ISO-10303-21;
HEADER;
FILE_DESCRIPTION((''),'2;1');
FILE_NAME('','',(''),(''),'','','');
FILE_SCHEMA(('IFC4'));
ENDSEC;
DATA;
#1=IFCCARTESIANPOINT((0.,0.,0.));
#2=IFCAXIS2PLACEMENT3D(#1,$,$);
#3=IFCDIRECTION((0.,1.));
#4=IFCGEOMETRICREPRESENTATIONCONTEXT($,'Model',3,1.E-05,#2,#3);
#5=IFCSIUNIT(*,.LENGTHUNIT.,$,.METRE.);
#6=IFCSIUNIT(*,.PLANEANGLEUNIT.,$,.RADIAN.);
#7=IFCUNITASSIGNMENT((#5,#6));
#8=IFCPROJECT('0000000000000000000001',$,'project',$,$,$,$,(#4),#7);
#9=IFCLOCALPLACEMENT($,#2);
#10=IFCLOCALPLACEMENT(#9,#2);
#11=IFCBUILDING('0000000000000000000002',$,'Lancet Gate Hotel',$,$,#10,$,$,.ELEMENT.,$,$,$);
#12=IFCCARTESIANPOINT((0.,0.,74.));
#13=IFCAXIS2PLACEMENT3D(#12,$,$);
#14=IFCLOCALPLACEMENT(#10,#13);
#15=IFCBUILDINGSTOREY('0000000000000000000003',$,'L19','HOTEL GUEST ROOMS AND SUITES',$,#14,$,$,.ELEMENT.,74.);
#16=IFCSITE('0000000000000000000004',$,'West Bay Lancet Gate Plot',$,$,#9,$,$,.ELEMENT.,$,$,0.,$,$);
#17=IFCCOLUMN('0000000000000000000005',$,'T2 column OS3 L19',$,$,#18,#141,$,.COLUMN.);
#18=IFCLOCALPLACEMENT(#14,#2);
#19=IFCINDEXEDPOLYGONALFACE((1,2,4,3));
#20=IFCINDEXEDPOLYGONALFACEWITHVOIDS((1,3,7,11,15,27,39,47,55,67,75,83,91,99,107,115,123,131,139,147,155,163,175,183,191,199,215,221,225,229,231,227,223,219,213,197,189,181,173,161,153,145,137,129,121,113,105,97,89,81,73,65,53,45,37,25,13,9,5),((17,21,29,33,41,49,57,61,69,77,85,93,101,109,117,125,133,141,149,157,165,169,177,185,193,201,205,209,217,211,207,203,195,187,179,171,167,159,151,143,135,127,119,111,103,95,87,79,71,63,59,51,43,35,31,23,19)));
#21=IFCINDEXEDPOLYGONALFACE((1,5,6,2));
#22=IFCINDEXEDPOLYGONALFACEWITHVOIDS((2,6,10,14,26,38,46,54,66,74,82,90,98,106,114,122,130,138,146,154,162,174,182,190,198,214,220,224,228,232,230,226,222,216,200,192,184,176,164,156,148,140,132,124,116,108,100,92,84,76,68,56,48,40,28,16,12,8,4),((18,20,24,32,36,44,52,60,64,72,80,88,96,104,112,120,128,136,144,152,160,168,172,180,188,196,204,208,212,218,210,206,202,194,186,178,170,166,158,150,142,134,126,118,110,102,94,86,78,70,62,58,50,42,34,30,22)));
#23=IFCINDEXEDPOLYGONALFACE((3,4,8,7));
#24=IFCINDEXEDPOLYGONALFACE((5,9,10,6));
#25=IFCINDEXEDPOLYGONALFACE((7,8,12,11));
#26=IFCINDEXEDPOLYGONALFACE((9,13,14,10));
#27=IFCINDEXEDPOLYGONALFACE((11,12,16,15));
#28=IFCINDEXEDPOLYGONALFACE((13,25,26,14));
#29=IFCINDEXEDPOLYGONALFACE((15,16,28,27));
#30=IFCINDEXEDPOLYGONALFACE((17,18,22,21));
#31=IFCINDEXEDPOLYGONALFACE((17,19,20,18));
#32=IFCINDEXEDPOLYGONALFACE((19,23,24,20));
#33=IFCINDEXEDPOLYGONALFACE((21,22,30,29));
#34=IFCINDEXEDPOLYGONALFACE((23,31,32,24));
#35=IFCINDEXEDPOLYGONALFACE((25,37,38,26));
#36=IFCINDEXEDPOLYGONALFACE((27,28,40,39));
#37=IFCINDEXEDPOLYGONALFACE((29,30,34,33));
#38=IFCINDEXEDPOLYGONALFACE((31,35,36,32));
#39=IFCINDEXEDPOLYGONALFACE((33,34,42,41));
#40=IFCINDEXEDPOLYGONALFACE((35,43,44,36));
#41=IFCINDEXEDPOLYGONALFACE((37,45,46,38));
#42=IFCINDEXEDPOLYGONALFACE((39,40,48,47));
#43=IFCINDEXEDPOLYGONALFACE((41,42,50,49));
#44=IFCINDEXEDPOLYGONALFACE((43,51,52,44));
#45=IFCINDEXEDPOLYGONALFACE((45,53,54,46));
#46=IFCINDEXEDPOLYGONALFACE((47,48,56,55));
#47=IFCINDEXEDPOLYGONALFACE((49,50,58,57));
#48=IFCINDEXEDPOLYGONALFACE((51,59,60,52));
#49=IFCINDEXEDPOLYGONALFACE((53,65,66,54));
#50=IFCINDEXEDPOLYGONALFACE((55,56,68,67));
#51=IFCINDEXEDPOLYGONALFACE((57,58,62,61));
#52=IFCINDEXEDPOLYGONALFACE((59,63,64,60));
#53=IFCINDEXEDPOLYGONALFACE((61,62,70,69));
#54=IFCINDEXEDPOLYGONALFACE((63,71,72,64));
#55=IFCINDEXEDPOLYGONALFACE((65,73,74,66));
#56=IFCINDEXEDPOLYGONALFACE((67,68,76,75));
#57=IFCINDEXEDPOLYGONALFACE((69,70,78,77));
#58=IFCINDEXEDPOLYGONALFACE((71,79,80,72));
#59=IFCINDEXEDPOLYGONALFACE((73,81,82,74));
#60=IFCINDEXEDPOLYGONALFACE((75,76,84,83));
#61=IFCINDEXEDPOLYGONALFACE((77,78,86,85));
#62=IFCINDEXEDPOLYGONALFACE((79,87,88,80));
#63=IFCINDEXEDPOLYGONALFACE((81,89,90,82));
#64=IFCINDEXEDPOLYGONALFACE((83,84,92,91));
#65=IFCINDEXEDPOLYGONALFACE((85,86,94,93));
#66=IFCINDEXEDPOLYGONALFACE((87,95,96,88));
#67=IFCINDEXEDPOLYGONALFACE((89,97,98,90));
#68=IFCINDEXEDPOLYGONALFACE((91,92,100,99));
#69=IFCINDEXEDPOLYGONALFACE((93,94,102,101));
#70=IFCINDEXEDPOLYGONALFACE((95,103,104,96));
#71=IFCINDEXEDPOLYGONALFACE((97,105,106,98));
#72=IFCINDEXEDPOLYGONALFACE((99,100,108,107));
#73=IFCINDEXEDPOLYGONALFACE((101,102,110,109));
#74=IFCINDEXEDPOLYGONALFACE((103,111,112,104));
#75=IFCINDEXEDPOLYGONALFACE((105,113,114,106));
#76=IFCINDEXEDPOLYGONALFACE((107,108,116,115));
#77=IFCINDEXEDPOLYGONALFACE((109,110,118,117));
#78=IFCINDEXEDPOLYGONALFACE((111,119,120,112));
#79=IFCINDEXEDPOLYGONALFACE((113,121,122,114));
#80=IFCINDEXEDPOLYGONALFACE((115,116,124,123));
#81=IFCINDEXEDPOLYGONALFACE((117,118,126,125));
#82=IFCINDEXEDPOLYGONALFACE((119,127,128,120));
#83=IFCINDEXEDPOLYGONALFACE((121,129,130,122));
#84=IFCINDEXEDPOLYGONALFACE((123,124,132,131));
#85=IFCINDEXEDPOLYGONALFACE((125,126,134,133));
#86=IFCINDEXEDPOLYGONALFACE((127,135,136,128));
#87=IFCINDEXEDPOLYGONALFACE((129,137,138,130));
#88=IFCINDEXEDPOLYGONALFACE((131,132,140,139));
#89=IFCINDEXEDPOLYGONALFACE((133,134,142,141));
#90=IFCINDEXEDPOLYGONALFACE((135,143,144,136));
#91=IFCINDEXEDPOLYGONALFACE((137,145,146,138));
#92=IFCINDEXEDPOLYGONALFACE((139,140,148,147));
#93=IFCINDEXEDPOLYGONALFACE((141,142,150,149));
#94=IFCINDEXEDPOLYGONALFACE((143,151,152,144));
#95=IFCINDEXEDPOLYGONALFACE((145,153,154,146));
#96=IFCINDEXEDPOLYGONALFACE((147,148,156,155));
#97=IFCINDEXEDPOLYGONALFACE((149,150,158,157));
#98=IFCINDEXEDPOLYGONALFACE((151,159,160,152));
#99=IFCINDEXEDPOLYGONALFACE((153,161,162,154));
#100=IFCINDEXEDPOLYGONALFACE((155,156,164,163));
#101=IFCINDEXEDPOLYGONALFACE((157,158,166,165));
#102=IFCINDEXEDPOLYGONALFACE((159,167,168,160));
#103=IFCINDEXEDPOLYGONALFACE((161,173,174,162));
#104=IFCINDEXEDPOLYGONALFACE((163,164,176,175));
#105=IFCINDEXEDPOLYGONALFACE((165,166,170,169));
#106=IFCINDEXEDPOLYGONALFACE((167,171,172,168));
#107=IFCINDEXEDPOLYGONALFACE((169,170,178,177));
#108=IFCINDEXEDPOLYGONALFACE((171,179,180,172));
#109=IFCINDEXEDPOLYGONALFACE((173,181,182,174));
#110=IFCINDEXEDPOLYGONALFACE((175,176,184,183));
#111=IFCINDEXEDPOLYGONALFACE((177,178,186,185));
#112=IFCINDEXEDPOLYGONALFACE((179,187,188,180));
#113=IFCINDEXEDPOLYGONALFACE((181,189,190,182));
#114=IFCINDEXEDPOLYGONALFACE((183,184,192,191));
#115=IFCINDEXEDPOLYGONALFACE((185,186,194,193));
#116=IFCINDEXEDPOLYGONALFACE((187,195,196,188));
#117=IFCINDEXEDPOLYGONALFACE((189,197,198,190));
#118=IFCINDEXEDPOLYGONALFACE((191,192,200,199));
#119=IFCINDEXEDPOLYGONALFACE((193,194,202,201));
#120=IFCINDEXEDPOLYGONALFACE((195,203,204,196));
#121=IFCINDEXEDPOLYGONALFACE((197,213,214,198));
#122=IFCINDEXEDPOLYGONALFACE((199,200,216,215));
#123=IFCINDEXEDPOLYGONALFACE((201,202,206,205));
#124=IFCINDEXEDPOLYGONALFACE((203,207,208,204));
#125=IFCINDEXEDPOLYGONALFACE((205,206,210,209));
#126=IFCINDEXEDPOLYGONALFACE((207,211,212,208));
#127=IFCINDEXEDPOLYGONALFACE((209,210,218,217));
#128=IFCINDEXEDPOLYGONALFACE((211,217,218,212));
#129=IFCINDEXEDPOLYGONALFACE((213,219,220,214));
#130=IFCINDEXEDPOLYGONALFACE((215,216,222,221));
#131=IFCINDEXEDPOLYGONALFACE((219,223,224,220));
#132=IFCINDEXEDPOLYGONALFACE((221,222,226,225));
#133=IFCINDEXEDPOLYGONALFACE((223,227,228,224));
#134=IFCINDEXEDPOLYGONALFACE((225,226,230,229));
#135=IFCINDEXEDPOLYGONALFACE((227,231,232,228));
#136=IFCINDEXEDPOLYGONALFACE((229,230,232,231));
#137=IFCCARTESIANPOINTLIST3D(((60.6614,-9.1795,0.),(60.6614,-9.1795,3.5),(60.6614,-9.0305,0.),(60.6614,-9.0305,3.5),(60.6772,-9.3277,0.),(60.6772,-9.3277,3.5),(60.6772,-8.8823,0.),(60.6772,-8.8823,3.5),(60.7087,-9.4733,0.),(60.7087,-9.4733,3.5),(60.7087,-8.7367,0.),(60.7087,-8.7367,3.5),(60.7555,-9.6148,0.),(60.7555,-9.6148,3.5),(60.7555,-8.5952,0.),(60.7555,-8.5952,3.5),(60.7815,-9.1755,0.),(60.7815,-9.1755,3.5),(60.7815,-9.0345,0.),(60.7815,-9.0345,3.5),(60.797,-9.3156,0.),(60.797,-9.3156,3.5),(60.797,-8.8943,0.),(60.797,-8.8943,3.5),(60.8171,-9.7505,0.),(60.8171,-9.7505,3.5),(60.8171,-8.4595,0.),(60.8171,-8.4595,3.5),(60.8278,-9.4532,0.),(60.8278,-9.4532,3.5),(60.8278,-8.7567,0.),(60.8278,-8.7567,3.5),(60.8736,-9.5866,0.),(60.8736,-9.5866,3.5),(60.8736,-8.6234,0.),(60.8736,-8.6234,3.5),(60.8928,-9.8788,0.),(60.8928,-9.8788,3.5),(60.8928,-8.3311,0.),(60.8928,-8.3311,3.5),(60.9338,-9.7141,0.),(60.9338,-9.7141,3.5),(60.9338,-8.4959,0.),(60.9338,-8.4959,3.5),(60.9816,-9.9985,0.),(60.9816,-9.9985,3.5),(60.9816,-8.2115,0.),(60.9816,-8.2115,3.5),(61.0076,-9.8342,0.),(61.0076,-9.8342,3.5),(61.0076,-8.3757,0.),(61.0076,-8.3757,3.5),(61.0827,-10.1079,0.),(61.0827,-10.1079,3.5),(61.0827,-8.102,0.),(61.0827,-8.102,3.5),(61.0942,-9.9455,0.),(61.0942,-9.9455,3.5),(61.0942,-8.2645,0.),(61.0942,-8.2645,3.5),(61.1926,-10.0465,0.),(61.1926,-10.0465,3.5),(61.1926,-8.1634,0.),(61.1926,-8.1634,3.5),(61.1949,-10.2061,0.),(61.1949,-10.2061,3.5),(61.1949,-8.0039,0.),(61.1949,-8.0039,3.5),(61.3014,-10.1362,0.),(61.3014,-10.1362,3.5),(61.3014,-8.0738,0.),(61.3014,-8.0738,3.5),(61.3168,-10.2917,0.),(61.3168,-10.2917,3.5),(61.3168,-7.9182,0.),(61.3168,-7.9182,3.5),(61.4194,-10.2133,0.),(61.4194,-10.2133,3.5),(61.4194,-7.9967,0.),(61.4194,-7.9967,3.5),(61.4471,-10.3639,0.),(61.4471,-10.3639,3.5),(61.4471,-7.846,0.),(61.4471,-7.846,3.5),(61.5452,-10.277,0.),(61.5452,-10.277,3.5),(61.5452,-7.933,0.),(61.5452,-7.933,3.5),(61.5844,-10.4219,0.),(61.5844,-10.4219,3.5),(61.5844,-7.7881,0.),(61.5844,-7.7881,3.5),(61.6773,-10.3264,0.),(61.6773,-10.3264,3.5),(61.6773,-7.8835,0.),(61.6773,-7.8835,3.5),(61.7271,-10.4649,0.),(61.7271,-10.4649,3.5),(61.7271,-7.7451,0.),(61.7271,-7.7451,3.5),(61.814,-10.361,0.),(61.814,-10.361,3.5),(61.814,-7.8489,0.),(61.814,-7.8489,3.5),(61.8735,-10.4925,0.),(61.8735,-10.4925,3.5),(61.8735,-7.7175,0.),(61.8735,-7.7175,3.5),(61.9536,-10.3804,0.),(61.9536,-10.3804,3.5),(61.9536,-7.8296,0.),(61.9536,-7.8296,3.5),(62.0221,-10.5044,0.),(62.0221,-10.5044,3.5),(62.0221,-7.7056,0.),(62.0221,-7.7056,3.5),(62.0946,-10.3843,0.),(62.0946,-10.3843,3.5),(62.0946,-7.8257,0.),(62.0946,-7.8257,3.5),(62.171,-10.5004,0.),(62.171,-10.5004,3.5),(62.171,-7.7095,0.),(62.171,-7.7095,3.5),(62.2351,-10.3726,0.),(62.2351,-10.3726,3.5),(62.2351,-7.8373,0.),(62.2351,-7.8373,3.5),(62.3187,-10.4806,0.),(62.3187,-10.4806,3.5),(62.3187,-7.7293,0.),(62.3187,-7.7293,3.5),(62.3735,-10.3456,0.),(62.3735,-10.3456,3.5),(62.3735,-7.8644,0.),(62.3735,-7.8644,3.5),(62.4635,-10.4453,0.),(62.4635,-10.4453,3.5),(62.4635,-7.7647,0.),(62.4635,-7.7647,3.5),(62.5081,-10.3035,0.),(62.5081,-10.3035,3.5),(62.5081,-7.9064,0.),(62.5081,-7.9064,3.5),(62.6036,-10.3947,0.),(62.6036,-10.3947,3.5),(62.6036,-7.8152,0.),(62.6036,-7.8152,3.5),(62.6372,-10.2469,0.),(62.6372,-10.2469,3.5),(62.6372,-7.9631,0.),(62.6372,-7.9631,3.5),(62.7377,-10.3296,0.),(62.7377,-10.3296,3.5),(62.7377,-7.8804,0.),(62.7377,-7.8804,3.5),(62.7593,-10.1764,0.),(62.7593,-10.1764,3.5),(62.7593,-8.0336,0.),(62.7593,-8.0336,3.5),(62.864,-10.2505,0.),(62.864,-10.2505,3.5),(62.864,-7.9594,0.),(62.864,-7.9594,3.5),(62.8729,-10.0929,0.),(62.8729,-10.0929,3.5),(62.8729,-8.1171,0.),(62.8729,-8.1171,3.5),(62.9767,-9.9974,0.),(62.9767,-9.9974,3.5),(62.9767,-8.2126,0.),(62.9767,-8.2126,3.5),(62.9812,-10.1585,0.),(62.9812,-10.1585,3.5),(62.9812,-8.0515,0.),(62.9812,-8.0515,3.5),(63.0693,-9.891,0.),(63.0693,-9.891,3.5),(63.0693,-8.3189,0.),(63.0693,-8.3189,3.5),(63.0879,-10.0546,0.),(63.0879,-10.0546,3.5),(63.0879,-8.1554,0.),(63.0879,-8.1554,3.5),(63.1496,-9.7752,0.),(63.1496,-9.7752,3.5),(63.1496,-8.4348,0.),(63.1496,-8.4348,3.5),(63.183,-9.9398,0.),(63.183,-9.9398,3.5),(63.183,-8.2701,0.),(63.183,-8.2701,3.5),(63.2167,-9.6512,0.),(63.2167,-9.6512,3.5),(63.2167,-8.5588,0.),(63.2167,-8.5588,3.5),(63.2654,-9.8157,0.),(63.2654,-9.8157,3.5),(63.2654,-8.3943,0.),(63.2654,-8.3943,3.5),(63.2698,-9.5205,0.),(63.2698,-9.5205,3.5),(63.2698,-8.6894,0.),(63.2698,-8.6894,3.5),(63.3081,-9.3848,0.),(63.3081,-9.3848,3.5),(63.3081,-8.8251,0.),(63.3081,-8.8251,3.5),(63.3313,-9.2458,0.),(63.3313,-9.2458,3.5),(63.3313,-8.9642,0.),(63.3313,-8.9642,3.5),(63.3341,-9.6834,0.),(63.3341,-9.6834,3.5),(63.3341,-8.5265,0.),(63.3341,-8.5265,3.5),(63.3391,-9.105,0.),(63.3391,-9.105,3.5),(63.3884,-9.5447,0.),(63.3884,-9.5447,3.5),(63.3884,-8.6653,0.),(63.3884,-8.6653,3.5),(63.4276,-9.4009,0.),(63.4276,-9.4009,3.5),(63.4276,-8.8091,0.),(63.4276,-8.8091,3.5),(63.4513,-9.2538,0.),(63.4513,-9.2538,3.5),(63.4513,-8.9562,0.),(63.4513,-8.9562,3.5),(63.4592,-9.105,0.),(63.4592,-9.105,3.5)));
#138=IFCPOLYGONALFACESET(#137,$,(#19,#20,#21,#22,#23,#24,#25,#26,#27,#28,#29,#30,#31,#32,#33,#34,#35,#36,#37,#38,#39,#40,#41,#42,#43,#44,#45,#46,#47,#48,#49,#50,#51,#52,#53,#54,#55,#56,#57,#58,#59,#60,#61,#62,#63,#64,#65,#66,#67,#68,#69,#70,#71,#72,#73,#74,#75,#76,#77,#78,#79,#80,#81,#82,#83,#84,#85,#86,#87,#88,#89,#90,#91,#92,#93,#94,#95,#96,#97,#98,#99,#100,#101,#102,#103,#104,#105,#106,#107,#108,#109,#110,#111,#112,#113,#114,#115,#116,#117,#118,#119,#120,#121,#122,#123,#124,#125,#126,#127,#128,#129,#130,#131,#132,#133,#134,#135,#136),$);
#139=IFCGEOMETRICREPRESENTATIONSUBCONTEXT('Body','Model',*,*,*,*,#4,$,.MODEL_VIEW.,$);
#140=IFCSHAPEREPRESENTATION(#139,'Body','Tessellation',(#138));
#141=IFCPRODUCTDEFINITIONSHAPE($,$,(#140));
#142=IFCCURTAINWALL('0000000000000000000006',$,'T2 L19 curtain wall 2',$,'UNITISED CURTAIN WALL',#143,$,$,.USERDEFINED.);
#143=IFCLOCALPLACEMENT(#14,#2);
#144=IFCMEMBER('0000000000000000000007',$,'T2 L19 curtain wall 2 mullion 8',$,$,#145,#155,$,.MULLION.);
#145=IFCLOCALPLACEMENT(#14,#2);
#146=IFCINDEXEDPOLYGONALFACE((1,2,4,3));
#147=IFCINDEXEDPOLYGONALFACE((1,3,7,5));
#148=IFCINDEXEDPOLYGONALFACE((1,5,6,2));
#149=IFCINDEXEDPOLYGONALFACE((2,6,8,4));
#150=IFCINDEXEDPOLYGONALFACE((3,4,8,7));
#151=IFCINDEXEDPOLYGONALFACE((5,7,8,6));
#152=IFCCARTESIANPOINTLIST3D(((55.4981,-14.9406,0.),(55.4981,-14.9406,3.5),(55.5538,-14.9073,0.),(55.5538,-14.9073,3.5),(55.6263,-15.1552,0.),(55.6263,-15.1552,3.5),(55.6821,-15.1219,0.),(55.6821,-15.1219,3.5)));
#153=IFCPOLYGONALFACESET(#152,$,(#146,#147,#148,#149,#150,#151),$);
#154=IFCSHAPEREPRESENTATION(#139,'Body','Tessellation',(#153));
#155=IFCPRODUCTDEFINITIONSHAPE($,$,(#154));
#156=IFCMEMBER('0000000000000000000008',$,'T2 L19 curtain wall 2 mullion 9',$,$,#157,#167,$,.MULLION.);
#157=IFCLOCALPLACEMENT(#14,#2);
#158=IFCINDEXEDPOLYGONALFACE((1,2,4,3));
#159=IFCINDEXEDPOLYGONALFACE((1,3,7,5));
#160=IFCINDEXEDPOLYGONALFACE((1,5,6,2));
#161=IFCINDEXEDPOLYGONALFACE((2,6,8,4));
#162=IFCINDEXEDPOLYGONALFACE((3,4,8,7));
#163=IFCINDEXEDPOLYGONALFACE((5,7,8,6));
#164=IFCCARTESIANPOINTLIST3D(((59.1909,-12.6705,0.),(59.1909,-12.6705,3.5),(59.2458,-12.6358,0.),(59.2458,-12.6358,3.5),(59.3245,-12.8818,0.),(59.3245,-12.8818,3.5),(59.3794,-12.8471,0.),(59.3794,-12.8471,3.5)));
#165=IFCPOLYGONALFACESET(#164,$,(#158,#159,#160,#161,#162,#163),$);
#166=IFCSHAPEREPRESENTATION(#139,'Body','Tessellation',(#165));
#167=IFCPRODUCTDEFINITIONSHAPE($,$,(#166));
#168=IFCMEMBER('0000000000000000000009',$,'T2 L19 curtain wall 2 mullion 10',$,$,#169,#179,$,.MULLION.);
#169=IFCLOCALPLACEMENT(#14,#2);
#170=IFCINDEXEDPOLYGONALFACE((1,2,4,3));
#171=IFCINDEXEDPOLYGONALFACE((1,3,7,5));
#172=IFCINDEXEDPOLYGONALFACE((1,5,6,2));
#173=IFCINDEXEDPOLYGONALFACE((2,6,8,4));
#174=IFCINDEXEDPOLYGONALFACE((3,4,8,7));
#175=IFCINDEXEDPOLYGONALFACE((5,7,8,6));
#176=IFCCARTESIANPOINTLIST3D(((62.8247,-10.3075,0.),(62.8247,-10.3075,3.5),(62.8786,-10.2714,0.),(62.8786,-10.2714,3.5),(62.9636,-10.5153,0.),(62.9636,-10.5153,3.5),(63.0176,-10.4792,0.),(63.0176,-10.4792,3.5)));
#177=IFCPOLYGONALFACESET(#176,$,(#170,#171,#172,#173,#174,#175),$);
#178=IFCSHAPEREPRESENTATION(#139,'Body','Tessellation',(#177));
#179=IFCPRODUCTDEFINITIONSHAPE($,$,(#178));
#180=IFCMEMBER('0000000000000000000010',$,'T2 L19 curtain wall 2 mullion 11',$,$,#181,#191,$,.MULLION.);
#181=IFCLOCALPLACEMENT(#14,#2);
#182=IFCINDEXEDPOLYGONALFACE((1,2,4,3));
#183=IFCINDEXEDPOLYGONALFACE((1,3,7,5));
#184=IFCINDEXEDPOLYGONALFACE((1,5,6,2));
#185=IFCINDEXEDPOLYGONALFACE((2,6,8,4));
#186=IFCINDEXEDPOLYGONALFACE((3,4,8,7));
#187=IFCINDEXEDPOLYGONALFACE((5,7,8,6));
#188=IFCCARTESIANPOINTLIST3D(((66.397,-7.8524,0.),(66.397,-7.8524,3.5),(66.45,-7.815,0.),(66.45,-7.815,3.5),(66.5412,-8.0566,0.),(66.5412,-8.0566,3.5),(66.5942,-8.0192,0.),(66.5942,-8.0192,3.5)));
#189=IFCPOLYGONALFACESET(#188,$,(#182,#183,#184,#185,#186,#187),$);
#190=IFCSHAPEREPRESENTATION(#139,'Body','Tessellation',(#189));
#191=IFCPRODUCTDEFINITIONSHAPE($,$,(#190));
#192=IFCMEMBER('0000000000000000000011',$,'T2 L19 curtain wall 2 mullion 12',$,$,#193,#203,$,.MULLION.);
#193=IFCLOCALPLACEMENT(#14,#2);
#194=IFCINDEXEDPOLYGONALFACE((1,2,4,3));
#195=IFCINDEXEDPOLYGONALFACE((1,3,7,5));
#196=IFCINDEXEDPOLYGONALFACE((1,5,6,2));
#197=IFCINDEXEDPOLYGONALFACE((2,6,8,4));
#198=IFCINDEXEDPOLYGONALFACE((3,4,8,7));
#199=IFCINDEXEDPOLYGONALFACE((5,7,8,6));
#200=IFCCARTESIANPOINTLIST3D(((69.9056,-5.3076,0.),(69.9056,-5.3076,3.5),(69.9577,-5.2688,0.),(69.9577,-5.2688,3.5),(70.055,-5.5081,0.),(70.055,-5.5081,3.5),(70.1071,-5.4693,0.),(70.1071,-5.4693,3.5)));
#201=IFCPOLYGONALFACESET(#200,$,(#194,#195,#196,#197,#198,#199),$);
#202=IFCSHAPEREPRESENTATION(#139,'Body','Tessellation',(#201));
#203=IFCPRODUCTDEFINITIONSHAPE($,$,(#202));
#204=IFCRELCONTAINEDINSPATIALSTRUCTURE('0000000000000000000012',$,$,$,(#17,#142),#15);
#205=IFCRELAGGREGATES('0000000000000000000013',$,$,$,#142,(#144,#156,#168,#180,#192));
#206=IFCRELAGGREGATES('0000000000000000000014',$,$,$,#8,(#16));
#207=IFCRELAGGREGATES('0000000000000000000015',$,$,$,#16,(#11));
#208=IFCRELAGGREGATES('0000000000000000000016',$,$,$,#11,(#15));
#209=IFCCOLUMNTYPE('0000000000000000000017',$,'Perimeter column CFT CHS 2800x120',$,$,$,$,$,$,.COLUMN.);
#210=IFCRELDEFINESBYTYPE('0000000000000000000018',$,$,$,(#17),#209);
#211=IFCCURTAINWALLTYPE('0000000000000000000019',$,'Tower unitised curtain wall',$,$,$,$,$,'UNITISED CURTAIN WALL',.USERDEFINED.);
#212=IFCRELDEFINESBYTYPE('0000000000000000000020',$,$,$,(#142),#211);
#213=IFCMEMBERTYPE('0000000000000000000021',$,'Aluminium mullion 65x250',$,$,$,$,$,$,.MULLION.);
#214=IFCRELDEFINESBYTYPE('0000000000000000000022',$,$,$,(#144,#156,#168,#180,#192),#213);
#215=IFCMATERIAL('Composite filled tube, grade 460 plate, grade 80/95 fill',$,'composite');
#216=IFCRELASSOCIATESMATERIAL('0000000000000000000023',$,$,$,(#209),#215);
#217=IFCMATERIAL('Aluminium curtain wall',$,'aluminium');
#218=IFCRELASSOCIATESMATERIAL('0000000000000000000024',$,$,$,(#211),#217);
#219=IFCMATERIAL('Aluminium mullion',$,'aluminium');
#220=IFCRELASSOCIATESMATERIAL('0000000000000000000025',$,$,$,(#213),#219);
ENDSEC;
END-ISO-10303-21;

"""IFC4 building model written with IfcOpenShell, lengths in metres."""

from ifc_helpers import new_model, si_unit, direction, frame, origin, origin_2d, place, context, subcontext, project, spatial, rectangle, hollow_circle, extrude, material, material_profile, profile_set, type_object, element, aggregate, save


model = new_model("IFC4")

# Units and contexts
model_context = context("Model", 3, precision=1e-05, world=origin(), true_north=direction((0.0, 1.0)))
body_context = subcontext(model_context, "Body", "Model", "MODEL_VIEW")
ifc_project = project(units=[si_unit("LENGTHUNIT", "METRE"), si_unit("PLANEANGLEUNIT", "RADIAN")], contexts=[model_context])

# Site, building, storey
site_placement = place(None, origin())
site = spatial("IfcSite", under=ifc_project, at=site_placement, Name="West Bay Lancet Gate Plot", CompositionType="ELEMENT", RefElevation=0.0)
building_placement = place(site_placement, origin())
building = spatial("IfcBuilding", under=site, at=building_placement, Name="Lancet Gate Hotel", CompositionType="ELEMENT")
storey_placement = place(building_placement, frame((0.0, 0.0, 74.0)))
storey = spatial("IfcBuildingStorey", under=building, at=storey_placement, Name="L19", Description="HOTEL GUEST ROOMS AND SUITES", CompositionType="ELEMENT", Elevation=74.0)

# Column
ifc_material_1 = material(Name="Composite filled tube, grade 460 plate, grade 80/95 fill", Category="composite")
ifc_material_profile_1 = material_profile(ifc_material_1, hollow_circle(Radius=1.3999, WallThickness=0.1201, at=origin_2d()), Name="CHS 2800x120")
ifc_profile_set_1 = profile_set([ifc_material_profile_1], Name="Composite filled tube, grade 460 plate, grade 80/95 fill")
column_type_1 = type_object("IfcColumnType", Name="Perimeter column CFT CHS 2800x120", PredefinedType="COLUMN", material=ifc_profile_set_1)
for number, where, z_axis, x_axis, name in (
    (1, (62.0593, -9.105, 0.0), (0.0, 0.0, 1.0), (1.0, 0.0, 0.0), "T2 column OS3 L19"),
):
    element("IfcColumn", number, at=place(storey_placement, frame(where, z_axis=z_axis, x_axis=x_axis)), inside=storey, type_object=column_type_1, Name=name, PredefinedType="COLUMN", context=body_context, shape_type="SweptSolid", body=[
        extrude(hollow_circle(Radius=1.3999, WallThickness=0.1201, at=origin_2d()), origin(), (0.0, 0.0, 1.0), 3.5),
    ])

# Curtain wall, members
ifc_material_2 = material(Name="Aluminium curtain wall", Category="aluminium")
curtain_wall_type = type_object("IfcCurtainWallType", Name="Tower unitised curtain wall", ElementType="UNITISED CURTAIN WALL", PredefinedType="USERDEFINED", material=ifc_material_2)
curtain_wall_placement = place(storey_placement, origin())
curtain_wall = element("IfcCurtainWall", 2, at=curtain_wall_placement, inside=storey, type_object=curtain_wall_type, Name="T2 L19 curtain wall 2", ObjectType="UNITISED CURTAIN WALL", PredefinedType="USERDEFINED")
ifc_material_3 = material(Name="Aluminium mullion", Category="aluminium")
ifc_material_profile_2 = material_profile(ifc_material_3, rectangle(XDim=0.0649, YDim=0.25, at=origin_2d()), Name="MULLION 65x250")
ifc_profile_set_2 = profile_set([ifc_material_profile_2], Name="Aluminium mullion")
member_type_1 = type_object("IfcMemberType", Name="Aluminium mullion 65x250", PredefinedType="MULLION", material=ifc_profile_set_2)
member_1_placement = place(storey_placement, frame((55.5901, -15.0312, 0.0), z_axis=(0.0, 0.0, 1.0), x_axis=(0.858413, 0.512959, 0.0)))
member_1 = element("IfcMember", 3, at=member_1_placement, type_object=member_type_1, Name="T2 L19 curtain wall 2 mullion 8", PredefinedType="MULLION", context=body_context, shape_type="SweptSolid", body=[
    extrude(rectangle(XDim=0.0649, YDim=0.25, at=origin_2d()), origin(), (0.0, 0.0, 1.0), 3.5),
])
member_2_placement = place(storey_placement, frame((59.2852, -12.7588, 0.0), z_axis=(0.0, 0.0, 1.0), x_axis=(0.845079, 0.534641, 0.0)))
member_2 = element("IfcMember", 4, at=member_2_placement, type_object=member_type_1, Name="T2 L19 curtain wall 2 mullion 9", PredefinedType="MULLION", context=body_context, shape_type="SweptSolid", body=[
    extrude(rectangle(XDim=0.0649, YDim=0.25, at=origin_2d()), origin(), (0.0, 0.0, 1.0), 3.5),
])
member_3_placement = place(storey_placement, frame((62.9211, -10.3933, 0.0), z_axis=(0.0, 0.0, 1.0), x_axis=(0.831198, 0.555976, 0.0)))
member_3 = element("IfcMember", 5, at=member_3_placement, type_object=member_type_1, Name="T2 L19 curtain wall 2 mullion 10", PredefinedType="MULLION", context=body_context, shape_type="SweptSolid", body=[
    extrude(rectangle(XDim=0.0649, YDim=0.25, at=origin_2d()), origin(), (0.0, 0.0, 1.0), 3.5),
])
member_4_placement = place(storey_placement, frame((66.4956, -7.9358, 0.0), z_axis=(0.0, 0.0, 1.0), x_axis=(0.816779, 0.576951, 0.0)))
member_4 = element("IfcMember", 6, at=member_4_placement, type_object=member_type_1, Name="T2 L19 curtain wall 2 mullion 11", PredefinedType="MULLION", context=body_context, shape_type="SweptSolid", body=[
    extrude(rectangle(XDim=0.0649, YDim=0.25, at=origin_2d()), origin(), (0.0, 0.0, 1.0), 3.5),
])
member_5_placement = place(storey_placement, frame((70.0063, -5.3884, 0.0), z_axis=(0.0, 0.0, 1.0), x_axis=(0.80183, 0.597552, 0.0)))
member_5 = element("IfcMember", 7, at=member_5_placement, type_object=member_type_1, Name="T2 L19 curtain wall 2 mullion 12", PredefinedType="MULLION", context=body_context, shape_type="SweptSolid", body=[
    extrude(rectangle(XDim=0.0649, YDim=0.25, at=origin_2d()), origin(), (0.0, 0.0, 1.0), 3.5),
])

aggregate(curtain_wall, [member_1, member_2, member_3, member_4, member_5])

save(model, "model.ifc")
